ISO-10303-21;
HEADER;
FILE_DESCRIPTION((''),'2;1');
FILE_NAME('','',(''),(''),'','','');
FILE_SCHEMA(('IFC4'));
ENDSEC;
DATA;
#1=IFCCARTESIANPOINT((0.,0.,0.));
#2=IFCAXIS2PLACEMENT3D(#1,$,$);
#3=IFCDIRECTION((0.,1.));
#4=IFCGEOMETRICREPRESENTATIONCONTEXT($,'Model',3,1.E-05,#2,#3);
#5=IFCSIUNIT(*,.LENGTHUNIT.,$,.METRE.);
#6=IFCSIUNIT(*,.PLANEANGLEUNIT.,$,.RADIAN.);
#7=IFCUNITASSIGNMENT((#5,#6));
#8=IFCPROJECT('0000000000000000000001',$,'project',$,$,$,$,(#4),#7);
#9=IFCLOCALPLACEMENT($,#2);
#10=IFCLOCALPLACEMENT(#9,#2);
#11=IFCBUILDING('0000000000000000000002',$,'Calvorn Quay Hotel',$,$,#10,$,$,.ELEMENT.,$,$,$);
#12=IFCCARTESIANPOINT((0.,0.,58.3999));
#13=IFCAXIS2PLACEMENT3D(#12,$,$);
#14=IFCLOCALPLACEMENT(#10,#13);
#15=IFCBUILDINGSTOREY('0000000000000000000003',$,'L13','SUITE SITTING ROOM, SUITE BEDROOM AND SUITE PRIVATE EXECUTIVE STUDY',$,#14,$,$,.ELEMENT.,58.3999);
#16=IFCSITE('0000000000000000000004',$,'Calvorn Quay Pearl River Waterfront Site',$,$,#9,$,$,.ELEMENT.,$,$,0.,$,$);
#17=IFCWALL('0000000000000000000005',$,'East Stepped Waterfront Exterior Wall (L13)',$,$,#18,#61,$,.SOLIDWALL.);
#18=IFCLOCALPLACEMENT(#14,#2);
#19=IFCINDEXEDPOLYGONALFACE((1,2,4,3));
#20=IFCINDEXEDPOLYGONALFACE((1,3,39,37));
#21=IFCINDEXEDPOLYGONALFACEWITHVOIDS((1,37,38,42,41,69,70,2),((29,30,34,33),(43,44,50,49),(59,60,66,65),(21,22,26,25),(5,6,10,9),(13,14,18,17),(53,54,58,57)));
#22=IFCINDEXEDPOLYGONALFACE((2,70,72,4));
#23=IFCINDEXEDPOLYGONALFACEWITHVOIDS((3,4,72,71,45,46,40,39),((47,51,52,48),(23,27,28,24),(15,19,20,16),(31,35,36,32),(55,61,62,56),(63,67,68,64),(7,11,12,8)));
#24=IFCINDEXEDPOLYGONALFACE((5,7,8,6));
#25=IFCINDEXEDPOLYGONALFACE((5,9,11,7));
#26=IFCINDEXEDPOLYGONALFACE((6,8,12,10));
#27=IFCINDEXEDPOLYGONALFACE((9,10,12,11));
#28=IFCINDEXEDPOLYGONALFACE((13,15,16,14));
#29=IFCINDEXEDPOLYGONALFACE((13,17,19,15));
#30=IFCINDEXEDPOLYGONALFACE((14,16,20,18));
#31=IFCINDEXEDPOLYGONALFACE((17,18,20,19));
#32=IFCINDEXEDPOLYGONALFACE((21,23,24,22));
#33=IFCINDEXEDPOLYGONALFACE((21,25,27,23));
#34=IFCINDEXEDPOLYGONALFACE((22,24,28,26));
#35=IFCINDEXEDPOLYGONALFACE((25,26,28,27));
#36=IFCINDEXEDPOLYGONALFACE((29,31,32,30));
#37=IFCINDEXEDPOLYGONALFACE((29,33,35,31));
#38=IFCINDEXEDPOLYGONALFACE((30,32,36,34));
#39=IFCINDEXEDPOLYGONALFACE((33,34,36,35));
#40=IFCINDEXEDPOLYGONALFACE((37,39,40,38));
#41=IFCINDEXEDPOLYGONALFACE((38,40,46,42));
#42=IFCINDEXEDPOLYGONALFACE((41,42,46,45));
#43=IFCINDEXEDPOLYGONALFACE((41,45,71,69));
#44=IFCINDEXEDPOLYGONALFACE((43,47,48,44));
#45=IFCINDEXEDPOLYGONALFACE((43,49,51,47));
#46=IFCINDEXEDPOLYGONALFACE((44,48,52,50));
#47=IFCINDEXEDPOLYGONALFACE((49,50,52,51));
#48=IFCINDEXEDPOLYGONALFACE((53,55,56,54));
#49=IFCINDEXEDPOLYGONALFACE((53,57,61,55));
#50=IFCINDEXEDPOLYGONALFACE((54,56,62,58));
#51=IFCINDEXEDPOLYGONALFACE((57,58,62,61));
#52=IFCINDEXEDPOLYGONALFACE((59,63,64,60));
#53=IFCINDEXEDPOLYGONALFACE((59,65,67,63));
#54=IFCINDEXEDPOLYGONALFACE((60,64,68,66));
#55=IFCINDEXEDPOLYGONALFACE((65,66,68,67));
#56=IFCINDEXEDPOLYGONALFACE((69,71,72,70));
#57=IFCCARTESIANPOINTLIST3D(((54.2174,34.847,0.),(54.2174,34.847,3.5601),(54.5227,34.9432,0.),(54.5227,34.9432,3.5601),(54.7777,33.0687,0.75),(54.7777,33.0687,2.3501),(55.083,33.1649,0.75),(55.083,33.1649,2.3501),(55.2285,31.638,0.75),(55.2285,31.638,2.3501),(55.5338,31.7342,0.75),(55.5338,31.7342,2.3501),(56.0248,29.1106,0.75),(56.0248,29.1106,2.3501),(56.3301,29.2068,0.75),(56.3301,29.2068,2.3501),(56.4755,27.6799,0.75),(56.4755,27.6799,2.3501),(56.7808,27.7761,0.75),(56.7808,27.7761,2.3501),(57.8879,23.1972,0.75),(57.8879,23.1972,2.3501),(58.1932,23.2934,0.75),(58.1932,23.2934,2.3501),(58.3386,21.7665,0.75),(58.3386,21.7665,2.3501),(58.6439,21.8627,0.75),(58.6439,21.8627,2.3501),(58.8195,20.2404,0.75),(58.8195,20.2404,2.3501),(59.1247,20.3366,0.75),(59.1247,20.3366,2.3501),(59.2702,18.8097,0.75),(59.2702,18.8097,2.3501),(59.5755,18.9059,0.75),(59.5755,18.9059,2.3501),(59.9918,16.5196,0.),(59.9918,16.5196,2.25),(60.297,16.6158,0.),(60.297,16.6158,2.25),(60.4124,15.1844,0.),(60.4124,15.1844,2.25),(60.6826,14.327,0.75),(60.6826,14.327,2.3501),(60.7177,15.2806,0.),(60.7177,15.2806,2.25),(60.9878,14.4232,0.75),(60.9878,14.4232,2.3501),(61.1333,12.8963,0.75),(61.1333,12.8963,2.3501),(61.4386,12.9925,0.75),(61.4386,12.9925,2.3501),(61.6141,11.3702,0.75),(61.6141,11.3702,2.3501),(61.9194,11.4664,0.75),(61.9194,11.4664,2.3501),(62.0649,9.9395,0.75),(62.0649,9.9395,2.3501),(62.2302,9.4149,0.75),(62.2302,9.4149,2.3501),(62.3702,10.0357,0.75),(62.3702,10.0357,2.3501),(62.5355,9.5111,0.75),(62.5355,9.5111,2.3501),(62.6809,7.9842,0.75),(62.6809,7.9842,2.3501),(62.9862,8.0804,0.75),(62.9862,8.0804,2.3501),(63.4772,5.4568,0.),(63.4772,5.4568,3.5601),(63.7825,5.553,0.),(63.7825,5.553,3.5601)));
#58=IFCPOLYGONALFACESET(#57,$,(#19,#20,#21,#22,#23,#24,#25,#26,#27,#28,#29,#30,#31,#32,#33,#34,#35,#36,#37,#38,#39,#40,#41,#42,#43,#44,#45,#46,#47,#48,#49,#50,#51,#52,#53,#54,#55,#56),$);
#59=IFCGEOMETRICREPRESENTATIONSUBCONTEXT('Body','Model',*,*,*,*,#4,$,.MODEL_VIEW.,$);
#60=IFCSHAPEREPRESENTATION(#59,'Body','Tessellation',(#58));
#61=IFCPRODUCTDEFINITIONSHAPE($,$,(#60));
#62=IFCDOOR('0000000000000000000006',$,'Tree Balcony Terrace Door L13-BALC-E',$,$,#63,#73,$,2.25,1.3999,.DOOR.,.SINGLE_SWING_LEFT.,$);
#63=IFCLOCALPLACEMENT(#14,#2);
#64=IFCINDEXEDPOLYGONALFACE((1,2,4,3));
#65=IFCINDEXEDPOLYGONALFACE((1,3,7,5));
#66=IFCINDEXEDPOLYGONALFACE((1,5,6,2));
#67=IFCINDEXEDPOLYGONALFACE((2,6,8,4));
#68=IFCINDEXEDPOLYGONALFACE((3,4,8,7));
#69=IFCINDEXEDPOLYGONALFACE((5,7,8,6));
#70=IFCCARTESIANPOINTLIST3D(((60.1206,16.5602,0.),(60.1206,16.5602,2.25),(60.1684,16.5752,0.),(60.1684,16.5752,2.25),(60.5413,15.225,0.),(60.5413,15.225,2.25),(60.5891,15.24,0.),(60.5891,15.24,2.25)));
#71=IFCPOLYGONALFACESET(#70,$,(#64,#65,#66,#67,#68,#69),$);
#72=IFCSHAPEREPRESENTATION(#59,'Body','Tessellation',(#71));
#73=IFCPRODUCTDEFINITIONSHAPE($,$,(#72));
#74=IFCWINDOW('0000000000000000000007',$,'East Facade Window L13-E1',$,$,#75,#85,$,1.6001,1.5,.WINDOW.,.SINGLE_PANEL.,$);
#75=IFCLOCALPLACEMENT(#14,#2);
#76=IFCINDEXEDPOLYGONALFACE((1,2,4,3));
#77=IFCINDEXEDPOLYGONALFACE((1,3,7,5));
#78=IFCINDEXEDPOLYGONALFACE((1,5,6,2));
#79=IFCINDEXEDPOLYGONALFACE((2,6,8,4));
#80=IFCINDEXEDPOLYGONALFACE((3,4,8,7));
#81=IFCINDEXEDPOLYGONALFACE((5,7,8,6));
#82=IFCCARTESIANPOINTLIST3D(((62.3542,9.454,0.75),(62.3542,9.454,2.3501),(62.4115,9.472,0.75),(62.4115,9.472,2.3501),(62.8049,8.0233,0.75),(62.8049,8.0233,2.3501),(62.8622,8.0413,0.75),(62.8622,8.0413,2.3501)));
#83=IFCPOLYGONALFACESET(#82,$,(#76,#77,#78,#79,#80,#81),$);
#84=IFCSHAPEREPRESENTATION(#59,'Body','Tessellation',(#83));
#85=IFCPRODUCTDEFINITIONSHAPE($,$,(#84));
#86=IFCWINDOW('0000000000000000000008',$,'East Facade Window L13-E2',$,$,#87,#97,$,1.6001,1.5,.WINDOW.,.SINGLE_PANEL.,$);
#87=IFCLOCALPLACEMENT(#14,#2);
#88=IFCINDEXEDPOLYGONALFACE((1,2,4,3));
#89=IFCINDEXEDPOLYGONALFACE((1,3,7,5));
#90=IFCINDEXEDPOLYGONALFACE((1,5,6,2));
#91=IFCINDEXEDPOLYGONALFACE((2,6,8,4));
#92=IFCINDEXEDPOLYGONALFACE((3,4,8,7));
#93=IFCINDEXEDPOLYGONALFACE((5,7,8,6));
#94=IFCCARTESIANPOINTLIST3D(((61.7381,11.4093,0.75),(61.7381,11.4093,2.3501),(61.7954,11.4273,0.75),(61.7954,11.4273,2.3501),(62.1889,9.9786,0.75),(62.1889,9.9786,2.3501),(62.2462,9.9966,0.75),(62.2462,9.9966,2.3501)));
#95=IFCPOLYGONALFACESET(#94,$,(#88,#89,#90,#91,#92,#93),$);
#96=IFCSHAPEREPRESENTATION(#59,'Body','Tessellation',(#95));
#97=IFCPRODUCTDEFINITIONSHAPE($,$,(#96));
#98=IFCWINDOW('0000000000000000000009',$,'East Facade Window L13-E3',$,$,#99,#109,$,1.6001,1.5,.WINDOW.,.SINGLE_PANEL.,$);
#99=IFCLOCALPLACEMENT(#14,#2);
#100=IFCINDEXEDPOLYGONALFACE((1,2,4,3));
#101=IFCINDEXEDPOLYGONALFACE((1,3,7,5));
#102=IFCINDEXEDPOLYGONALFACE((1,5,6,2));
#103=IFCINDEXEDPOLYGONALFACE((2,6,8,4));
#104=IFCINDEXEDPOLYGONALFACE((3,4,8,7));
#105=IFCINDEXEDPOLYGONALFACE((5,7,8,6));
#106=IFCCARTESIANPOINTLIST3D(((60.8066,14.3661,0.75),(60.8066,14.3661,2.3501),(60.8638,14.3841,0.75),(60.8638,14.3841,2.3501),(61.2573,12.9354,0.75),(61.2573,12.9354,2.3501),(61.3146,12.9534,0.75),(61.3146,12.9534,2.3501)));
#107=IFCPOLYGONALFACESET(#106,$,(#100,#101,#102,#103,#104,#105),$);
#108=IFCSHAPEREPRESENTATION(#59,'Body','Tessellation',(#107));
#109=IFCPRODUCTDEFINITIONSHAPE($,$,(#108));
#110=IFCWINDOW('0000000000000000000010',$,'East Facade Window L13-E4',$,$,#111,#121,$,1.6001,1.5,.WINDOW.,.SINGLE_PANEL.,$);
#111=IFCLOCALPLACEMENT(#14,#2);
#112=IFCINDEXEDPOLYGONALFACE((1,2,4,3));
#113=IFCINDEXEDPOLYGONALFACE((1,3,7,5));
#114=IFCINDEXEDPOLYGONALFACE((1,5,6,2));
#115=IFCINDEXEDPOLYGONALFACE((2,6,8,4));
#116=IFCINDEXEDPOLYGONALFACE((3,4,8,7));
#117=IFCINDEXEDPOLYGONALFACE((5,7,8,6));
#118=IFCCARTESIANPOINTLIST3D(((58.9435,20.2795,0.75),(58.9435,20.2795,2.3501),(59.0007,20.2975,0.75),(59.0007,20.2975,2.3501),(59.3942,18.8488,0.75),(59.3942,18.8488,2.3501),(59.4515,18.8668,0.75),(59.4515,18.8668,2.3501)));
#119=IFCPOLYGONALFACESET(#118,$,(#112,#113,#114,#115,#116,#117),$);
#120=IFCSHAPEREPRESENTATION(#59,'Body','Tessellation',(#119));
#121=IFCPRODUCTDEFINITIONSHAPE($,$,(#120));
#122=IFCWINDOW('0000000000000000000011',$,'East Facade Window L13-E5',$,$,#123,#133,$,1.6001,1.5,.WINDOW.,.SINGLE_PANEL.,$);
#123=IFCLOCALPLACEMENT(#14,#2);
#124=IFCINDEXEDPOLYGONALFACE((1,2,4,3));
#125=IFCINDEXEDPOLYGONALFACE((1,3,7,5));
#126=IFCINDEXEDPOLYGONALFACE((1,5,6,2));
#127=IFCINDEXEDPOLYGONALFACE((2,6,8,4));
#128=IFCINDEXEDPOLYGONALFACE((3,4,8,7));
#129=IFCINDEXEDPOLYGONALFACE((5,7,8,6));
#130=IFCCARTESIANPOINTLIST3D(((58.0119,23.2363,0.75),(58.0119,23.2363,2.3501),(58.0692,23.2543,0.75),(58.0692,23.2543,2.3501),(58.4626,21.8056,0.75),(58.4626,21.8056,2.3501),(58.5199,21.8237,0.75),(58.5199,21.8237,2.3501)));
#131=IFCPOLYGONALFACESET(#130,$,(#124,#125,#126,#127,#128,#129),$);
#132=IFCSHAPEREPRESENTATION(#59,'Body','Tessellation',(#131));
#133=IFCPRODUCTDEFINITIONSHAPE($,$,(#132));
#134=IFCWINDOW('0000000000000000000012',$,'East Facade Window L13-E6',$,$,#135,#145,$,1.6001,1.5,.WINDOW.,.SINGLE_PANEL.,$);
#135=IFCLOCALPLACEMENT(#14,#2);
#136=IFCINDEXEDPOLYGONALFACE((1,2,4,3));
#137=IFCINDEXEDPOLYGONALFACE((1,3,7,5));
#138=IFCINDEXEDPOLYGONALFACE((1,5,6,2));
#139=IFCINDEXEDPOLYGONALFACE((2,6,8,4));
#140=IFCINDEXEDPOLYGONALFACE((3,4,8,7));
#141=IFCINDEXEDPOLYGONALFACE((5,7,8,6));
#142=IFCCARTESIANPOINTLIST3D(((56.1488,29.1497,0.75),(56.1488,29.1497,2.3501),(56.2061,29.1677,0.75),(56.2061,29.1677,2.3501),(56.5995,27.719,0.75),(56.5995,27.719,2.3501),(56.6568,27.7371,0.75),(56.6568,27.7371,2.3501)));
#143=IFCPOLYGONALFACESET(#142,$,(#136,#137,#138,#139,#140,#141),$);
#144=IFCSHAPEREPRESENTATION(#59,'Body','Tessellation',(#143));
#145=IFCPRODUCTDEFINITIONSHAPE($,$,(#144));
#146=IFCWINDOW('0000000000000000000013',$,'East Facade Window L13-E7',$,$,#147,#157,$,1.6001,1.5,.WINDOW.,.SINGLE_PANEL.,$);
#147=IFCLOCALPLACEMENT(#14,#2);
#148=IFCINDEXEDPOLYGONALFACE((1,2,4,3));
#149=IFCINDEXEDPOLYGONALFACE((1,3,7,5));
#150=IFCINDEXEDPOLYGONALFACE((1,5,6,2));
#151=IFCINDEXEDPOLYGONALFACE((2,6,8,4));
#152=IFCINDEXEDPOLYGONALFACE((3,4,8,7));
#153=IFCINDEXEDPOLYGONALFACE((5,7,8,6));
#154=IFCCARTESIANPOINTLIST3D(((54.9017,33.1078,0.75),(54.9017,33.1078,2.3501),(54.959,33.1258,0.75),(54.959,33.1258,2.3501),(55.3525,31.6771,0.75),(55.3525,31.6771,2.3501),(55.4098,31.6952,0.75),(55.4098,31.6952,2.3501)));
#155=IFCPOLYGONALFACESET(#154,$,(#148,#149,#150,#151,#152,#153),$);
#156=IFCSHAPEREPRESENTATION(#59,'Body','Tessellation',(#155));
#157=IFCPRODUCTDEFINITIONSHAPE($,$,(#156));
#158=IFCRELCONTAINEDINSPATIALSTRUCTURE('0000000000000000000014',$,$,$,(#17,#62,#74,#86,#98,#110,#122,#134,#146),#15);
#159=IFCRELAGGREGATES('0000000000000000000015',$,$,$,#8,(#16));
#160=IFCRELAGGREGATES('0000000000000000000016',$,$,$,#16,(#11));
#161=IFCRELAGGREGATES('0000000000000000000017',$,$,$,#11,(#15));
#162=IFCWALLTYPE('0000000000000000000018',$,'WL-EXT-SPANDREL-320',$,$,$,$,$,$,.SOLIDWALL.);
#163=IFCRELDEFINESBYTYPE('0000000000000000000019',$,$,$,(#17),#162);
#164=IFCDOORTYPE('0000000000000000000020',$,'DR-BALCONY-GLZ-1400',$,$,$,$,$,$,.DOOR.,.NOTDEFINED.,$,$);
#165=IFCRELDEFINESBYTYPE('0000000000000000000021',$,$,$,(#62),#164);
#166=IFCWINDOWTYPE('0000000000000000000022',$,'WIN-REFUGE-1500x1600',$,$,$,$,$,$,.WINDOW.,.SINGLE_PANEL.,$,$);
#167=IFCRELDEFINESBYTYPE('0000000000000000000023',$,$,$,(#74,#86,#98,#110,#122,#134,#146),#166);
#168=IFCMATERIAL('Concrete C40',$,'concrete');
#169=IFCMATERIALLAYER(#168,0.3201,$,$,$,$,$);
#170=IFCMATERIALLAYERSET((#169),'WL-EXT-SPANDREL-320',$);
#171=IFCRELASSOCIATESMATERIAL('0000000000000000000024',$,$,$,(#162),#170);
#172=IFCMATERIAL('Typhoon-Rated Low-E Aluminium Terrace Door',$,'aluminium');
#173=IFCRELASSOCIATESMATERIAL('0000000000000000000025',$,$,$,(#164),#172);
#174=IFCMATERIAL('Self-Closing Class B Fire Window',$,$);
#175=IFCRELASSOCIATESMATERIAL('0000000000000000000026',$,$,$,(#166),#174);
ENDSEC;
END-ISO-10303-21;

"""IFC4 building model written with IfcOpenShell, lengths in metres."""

from ifc_helpers import new_model, si_unit, direction, frame, frame_2d, origin, place, context, subcontext, project, spatial, rectangle, extrude, material, layer, layer_set, type_object, element, fill, save


model = new_model("IFC4")

# Units and contexts
model_context = context("Model", 3, precision=1e-05, world=origin(), true_north=direction((0.0, 1.0)))
body_context = subcontext(model_context, "Body", "Model", "MODEL_VIEW")
ifc_project = project(units=[si_unit("LENGTHUNIT", "METRE"), si_unit("PLANEANGLEUNIT", "RADIAN")], contexts=[model_context])

# Site, building, storey
site_placement = place(None, origin())
site = spatial("IfcSite", under=ifc_project, at=site_placement, Name="Calvorn Quay Pearl River Waterfront Site", CompositionType="ELEMENT", RefElevation=0.0)
building_placement = place(site_placement, origin())
building = spatial("IfcBuilding", under=site, at=building_placement, Name="Calvorn Quay Hotel", CompositionType="ELEMENT")
storey_placement = place(building_placement, frame((0.0, 0.0, 58.3999)))
storey = spatial("IfcBuildingStorey", under=building, at=storey_placement, Name="L13", Description="SUITE SITTING ROOM, SUITE BEDROOM AND SUITE PRIVATE EXECUTIVE STUDY", CompositionType="ELEMENT", Elevation=58.3999)

# Shared definitions
ifc_material_1 = material(Name="Concrete C40", Category="concrete")
ifc_layer_1 = layer(ifc_material_1, 0.3201)
ifc_layer_set_1 = layer_set([ifc_layer_1], Name="WL-EXT-SPANDREL-320")
wall_type = type_object("IfcWallType", Name="WL-EXT-SPANDREL-320", PredefinedType="SOLIDWALL", material=ifc_layer_set_1)

# Wall, openings, door, windows
wall_1_placement = place(storey_placement, frame((63.6299, 5.5049, 0.0), z_axis=(0.0, 0.0, 1.0), x_axis=(-0.300502, 0.953781, 0.0)))
wall_1 = element("IfcWall", 1, at=wall_1_placement, inside=storey, type_object=wall_type, Name="East Stepped Waterfront Exterior Wall (L13)", PredefinedType="SOLIDWALL", context=body_context, shape_type="SweptSolid", body=[
    extrude(rectangle(XDim=30.8145, YDim=0.3201, at=frame_2d((15.4072, 0.0))), origin(), (0.0, 0.0, 1.0), 3.5601),
])
opening_1_placement = place(wall_1_placement, frame((10.199, 0.0, 0.0)))
opening_1 = element("IfcOpeningElement", 2, at=opening_1_placement, cuts=wall_1, PredefinedType="OPENING", context=body_context, shape_type="SweptSolid", body=[
    extrude(rectangle(XDim=1.3999, YDim=2.25, at=frame_2d((0.7, 1.125))), frame((0.0, 0.1699, 0.0), z_axis=(0.0, -1.0, 0.0), x_axis=(1.0, 0.0, 0.0)), (0.0, 0.0, 1.0), 0.3401),
])
opening_2_placement = place(wall_1_placement, frame((2.6499, 0.0, 0.75)))
opening_2 = element("IfcOpeningElement", 3, at=opening_2_placement, cuts=wall_1, PredefinedType="OPENING", context=body_context, shape_type="SweptSolid", body=[
    extrude(rectangle(XDim=1.5, YDim=1.6001, at=frame_2d((0.75, 0.8))), frame((0.0, 0.1699, 0.0), z_axis=(0.0, -1.0, 0.0), x_axis=(1.0, 0.0, 0.0)), (0.0, 0.0, 1.0), 0.3401),
])
opening_3_placement = place(wall_1_placement, frame((4.7, 0.0, 0.75)))
opening_3 = element("IfcOpeningElement", 4, at=opening_3_placement, cuts=wall_1, PredefinedType="OPENING", context=body_context, shape_type="SweptSolid", body=[
    extrude(rectangle(XDim=1.5, YDim=1.6001, at=frame_2d((0.75, 0.8))), frame((0.0, 0.1699, 0.0), z_axis=(0.0, -1.0, 0.0), x_axis=(1.0, 0.0, 0.0)), (0.0, 0.0, 1.0), 0.3401),
])
opening_4_placement = place(wall_1_placement, frame((7.8, 0.0, 0.75)))
opening_4 = element("IfcOpeningElement", 5, at=opening_4_placement, cuts=wall_1, PredefinedType="OPENING", context=body_context, shape_type="SweptSolid", body=[
    extrude(rectangle(XDim=1.5, YDim=1.6001, at=frame_2d((0.75, 0.8))), frame((0.0, 0.1699, 0.0), z_axis=(0.0, -1.0, 0.0), x_axis=(1.0, 0.0, 0.0)), (0.0, 0.0, 1.0), 0.3401),
])
opening_5_placement = place(wall_1_placement, frame((14.0, 0.0, 0.75)))
opening_5 = element("IfcOpeningElement", 6, at=opening_5_placement, cuts=wall_1, PredefinedType="OPENING", context=body_context, shape_type="SweptSolid", body=[
    extrude(rectangle(XDim=1.5, YDim=1.6001, at=frame_2d((0.75, 0.8))), frame((0.0, 0.1699, 0.0), z_axis=(0.0, -1.0, 0.0), x_axis=(1.0, 0.0, 0.0)), (0.0, 0.0, 1.0), 0.3401),
])
opening_6_placement = place(wall_1_placement, frame((17.1001, 0.0, 0.75)))
opening_6 = element("IfcOpeningElement", 7, at=opening_6_placement, cuts=wall_1, PredefinedType="OPENING", context=body_context, shape_type="SweptSolid", body=[
    extrude(rectangle(XDim=1.5, YDim=1.6001, at=frame_2d((0.75, 0.8))), frame((0.0, 0.1699, 0.0), z_axis=(0.0, -1.0, 0.0), x_axis=(1.0, 0.0, 0.0)), (0.0, 0.0, 1.0), 0.3401),
])
opening_7_placement = place(wall_1_placement, frame((23.3, 0.0, 0.75)))
opening_7 = element("IfcOpeningElement", 8, at=opening_7_placement, cuts=wall_1, PredefinedType="OPENING", context=body_context, shape_type="SweptSolid", body=[
    extrude(rectangle(XDim=1.5, YDim=1.6001, at=frame_2d((0.75, 0.8))), frame((0.0, 0.1699, 0.0), z_axis=(0.0, -1.0, 0.0), x_axis=(1.0, 0.0, 0.0)), (0.0, 0.0, 1.0), 0.3401),
])
opening_8_placement = place(wall_1_placement, frame((27.45, 0.0, 0.75)))
opening_8 = element("IfcOpeningElement", 9, at=opening_8_placement, cuts=wall_1, PredefinedType="OPENING", context=body_context, shape_type="SweptSolid", body=[
    extrude(rectangle(XDim=1.5, YDim=1.6001, at=frame_2d((0.75, 0.8))), frame((0.0, 0.1699, 0.0), z_axis=(0.0, -1.0, 0.0), x_axis=(1.0, 0.0, 0.0)), (0.0, 0.0, 1.0), 0.3401),
])
ifc_material_2 = material(Name="Typhoon-Rated Low-E Aluminium Terrace Door", Category="aluminium")
door_type = type_object("IfcDoorType", Name="DR-BALCONY-GLZ-1400", OperationType="NOTDEFINED", PredefinedType="DOOR", material=ifc_material_2)
door_placement = place(opening_1_placement, origin())
door = element("IfcDoor", 10, at=door_placement, inside=storey, type_object=door_type, Name="Tree Balcony Terrace Door L13-BALC-E", OperationType="SINGLE_SWING_LEFT", OverallHeight=2.25, OverallWidth=1.3999, PredefinedType="DOOR", context=body_context, shape_type="SweptSolid", body=[
    extrude(rectangle(XDim=1.3999, YDim=2.25, at=frame_2d((0.7, 1.125))), frame((0.0, 0.0249, 0.0), z_axis=(0.0, -1.0, 0.0), x_axis=(1.0, 0.0, 0.0)), (0.0, 0.0, 1.0), 0.05),
])
fill(opening_1, door)
ifc_material_3 = material(Name="Self-Closing Class B Fire Window")
window_type = type_object("IfcWindowType", Name="WIN-REFUGE-1500x1600", PartitioningType="SINGLE_PANEL", PredefinedType="WINDOW", material=ifc_material_3)
window_1_placement = place(opening_2_placement, origin())
window_1 = element("IfcWindow", 11, at=window_1_placement, inside=storey, type_object=window_type, Name="East Facade Window L13-E1", OverallHeight=1.6001, OverallWidth=1.5, PartitioningType="SINGLE_PANEL", PredefinedType="WINDOW", context=body_context, shape_type="SweptSolid", body=[
    extrude(rectangle(XDim=1.5, YDim=1.6001, at=frame_2d((0.75, 0.8))), frame((0.0, 0.03, 0.0), z_axis=(0.0, -1.0, 0.0), x_axis=(1.0, 0.0, 0.0)), (0.0, 0.0, 1.0), 0.0601),
])
fill(opening_2, window_1)
window_2_placement = place(opening_3_placement, origin())
window_2 = element("IfcWindow", 12, at=window_2_placement, inside=storey, type_object=window_type, Name="East Facade Window L13-E2", OverallHeight=1.6001, OverallWidth=1.5, PartitioningType="SINGLE_PANEL", PredefinedType="WINDOW", context=body_context, shape_type="SweptSolid", body=[
    extrude(rectangle(XDim=1.5, YDim=1.6001, at=frame_2d((0.75, 0.8))), frame((0.0, 0.03, 0.0), z_axis=(0.0, -1.0, 0.0), x_axis=(1.0, 0.0, 0.0)), (0.0, 0.0, 1.0), 0.0601),
])
fill(opening_3, window_2)
window_3_placement = place(opening_4_placement, origin())
window_3 = element("IfcWindow", 13, at=window_3_placement, inside=storey, type_object=window_type, Name="East Facade Window L13-E3", OverallHeight=1.6001, OverallWidth=1.5, PartitioningType="SINGLE_PANEL", PredefinedType="WINDOW", context=body_context, shape_type="SweptSolid", body=[
    extrude(rectangle(XDim=1.5, YDim=1.6001, at=frame_2d((0.75, 0.8))), frame((0.0, 0.03, 0.0), z_axis=(0.0, -1.0, 0.0), x_axis=(1.0, 0.0, 0.0)), (0.0, 0.0, 1.0), 0.0601),
])
fill(opening_4, window_3)
window_4_placement = place(opening_5_placement, origin())
window_4 = element("IfcWindow", 14, at=window_4_placement, inside=storey, type_object=window_type, Name="East Facade Window L13-E4", OverallHeight=1.6001, OverallWidth=1.5, PartitioningType="SINGLE_PANEL", PredefinedType="WINDOW", context=body_context, shape_type="SweptSolid", body=[
    extrude(rectangle(XDim=1.5, YDim=1.6001, at=frame_2d((0.75, 0.8))), frame((0.0, 0.03, 0.0), z_axis=(0.0, -1.0, 0.0), x_axis=(1.0, 0.0, 0.0)), (0.0, 0.0, 1.0), 0.0601),
])
fill(opening_5, window_4)
window_5_placement = place(opening_6_placement, origin())
window_5 = element("IfcWindow", 15, at=window_5_placement, inside=storey, type_object=window_type, Name="East Facade Window L13-E5", OverallHeight=1.6001, OverallWidth=1.5, PartitioningType="SINGLE_PANEL", PredefinedType="WINDOW", context=body_context, shape_type="SweptSolid", body=[
    extrude(rectangle(XDim=1.5, YDim=1.6001, at=frame_2d((0.75, 0.8))), frame((0.0, 0.03, 0.0), z_axis=(0.0, -1.0, 0.0), x_axis=(1.0, 0.0, 0.0)), (0.0, 0.0, 1.0), 0.0601),
])
fill(opening_6, window_5)
window_6_placement = place(opening_7_placement, origin())
window_6 = element("IfcWindow", 16, at=window_6_placement, inside=storey, type_object=window_type, Name="East Facade Window L13-E6", OverallHeight=1.6001, OverallWidth=1.5, PartitioningType="SINGLE_PANEL", PredefinedType="WINDOW", context=body_context, shape_type="SweptSolid", body=[
    extrude(rectangle(XDim=1.5, YDim=1.6001, at=frame_2d((0.75, 0.8))), frame((0.0, 0.03, 0.0), z_axis=(0.0, -1.0, 0.0), x_axis=(1.0, 0.0, 0.0)), (0.0, 0.0, 1.0), 0.0601),
])
fill(opening_7, window_6)
window_7_placement = place(opening_8_placement, origin())
window_7 = element("IfcWindow", 17, at=window_7_placement, inside=storey, type_object=window_type, Name="East Facade Window L13-E7", OverallHeight=1.6001, OverallWidth=1.5, PartitioningType="SINGLE_PANEL", PredefinedType="WINDOW", context=body_context, shape_type="SweptSolid", body=[
    extrude(rectangle(XDim=1.5, YDim=1.6001, at=frame_2d((0.75, 0.8))), frame((0.0, 0.03, 0.0), z_axis=(0.0, -1.0, 0.0), x_axis=(1.0, 0.0, 0.0)), (0.0, 0.0, 1.0), 0.0601),
])
fill(opening_8, window_7)

save(model, "model.ifc")
